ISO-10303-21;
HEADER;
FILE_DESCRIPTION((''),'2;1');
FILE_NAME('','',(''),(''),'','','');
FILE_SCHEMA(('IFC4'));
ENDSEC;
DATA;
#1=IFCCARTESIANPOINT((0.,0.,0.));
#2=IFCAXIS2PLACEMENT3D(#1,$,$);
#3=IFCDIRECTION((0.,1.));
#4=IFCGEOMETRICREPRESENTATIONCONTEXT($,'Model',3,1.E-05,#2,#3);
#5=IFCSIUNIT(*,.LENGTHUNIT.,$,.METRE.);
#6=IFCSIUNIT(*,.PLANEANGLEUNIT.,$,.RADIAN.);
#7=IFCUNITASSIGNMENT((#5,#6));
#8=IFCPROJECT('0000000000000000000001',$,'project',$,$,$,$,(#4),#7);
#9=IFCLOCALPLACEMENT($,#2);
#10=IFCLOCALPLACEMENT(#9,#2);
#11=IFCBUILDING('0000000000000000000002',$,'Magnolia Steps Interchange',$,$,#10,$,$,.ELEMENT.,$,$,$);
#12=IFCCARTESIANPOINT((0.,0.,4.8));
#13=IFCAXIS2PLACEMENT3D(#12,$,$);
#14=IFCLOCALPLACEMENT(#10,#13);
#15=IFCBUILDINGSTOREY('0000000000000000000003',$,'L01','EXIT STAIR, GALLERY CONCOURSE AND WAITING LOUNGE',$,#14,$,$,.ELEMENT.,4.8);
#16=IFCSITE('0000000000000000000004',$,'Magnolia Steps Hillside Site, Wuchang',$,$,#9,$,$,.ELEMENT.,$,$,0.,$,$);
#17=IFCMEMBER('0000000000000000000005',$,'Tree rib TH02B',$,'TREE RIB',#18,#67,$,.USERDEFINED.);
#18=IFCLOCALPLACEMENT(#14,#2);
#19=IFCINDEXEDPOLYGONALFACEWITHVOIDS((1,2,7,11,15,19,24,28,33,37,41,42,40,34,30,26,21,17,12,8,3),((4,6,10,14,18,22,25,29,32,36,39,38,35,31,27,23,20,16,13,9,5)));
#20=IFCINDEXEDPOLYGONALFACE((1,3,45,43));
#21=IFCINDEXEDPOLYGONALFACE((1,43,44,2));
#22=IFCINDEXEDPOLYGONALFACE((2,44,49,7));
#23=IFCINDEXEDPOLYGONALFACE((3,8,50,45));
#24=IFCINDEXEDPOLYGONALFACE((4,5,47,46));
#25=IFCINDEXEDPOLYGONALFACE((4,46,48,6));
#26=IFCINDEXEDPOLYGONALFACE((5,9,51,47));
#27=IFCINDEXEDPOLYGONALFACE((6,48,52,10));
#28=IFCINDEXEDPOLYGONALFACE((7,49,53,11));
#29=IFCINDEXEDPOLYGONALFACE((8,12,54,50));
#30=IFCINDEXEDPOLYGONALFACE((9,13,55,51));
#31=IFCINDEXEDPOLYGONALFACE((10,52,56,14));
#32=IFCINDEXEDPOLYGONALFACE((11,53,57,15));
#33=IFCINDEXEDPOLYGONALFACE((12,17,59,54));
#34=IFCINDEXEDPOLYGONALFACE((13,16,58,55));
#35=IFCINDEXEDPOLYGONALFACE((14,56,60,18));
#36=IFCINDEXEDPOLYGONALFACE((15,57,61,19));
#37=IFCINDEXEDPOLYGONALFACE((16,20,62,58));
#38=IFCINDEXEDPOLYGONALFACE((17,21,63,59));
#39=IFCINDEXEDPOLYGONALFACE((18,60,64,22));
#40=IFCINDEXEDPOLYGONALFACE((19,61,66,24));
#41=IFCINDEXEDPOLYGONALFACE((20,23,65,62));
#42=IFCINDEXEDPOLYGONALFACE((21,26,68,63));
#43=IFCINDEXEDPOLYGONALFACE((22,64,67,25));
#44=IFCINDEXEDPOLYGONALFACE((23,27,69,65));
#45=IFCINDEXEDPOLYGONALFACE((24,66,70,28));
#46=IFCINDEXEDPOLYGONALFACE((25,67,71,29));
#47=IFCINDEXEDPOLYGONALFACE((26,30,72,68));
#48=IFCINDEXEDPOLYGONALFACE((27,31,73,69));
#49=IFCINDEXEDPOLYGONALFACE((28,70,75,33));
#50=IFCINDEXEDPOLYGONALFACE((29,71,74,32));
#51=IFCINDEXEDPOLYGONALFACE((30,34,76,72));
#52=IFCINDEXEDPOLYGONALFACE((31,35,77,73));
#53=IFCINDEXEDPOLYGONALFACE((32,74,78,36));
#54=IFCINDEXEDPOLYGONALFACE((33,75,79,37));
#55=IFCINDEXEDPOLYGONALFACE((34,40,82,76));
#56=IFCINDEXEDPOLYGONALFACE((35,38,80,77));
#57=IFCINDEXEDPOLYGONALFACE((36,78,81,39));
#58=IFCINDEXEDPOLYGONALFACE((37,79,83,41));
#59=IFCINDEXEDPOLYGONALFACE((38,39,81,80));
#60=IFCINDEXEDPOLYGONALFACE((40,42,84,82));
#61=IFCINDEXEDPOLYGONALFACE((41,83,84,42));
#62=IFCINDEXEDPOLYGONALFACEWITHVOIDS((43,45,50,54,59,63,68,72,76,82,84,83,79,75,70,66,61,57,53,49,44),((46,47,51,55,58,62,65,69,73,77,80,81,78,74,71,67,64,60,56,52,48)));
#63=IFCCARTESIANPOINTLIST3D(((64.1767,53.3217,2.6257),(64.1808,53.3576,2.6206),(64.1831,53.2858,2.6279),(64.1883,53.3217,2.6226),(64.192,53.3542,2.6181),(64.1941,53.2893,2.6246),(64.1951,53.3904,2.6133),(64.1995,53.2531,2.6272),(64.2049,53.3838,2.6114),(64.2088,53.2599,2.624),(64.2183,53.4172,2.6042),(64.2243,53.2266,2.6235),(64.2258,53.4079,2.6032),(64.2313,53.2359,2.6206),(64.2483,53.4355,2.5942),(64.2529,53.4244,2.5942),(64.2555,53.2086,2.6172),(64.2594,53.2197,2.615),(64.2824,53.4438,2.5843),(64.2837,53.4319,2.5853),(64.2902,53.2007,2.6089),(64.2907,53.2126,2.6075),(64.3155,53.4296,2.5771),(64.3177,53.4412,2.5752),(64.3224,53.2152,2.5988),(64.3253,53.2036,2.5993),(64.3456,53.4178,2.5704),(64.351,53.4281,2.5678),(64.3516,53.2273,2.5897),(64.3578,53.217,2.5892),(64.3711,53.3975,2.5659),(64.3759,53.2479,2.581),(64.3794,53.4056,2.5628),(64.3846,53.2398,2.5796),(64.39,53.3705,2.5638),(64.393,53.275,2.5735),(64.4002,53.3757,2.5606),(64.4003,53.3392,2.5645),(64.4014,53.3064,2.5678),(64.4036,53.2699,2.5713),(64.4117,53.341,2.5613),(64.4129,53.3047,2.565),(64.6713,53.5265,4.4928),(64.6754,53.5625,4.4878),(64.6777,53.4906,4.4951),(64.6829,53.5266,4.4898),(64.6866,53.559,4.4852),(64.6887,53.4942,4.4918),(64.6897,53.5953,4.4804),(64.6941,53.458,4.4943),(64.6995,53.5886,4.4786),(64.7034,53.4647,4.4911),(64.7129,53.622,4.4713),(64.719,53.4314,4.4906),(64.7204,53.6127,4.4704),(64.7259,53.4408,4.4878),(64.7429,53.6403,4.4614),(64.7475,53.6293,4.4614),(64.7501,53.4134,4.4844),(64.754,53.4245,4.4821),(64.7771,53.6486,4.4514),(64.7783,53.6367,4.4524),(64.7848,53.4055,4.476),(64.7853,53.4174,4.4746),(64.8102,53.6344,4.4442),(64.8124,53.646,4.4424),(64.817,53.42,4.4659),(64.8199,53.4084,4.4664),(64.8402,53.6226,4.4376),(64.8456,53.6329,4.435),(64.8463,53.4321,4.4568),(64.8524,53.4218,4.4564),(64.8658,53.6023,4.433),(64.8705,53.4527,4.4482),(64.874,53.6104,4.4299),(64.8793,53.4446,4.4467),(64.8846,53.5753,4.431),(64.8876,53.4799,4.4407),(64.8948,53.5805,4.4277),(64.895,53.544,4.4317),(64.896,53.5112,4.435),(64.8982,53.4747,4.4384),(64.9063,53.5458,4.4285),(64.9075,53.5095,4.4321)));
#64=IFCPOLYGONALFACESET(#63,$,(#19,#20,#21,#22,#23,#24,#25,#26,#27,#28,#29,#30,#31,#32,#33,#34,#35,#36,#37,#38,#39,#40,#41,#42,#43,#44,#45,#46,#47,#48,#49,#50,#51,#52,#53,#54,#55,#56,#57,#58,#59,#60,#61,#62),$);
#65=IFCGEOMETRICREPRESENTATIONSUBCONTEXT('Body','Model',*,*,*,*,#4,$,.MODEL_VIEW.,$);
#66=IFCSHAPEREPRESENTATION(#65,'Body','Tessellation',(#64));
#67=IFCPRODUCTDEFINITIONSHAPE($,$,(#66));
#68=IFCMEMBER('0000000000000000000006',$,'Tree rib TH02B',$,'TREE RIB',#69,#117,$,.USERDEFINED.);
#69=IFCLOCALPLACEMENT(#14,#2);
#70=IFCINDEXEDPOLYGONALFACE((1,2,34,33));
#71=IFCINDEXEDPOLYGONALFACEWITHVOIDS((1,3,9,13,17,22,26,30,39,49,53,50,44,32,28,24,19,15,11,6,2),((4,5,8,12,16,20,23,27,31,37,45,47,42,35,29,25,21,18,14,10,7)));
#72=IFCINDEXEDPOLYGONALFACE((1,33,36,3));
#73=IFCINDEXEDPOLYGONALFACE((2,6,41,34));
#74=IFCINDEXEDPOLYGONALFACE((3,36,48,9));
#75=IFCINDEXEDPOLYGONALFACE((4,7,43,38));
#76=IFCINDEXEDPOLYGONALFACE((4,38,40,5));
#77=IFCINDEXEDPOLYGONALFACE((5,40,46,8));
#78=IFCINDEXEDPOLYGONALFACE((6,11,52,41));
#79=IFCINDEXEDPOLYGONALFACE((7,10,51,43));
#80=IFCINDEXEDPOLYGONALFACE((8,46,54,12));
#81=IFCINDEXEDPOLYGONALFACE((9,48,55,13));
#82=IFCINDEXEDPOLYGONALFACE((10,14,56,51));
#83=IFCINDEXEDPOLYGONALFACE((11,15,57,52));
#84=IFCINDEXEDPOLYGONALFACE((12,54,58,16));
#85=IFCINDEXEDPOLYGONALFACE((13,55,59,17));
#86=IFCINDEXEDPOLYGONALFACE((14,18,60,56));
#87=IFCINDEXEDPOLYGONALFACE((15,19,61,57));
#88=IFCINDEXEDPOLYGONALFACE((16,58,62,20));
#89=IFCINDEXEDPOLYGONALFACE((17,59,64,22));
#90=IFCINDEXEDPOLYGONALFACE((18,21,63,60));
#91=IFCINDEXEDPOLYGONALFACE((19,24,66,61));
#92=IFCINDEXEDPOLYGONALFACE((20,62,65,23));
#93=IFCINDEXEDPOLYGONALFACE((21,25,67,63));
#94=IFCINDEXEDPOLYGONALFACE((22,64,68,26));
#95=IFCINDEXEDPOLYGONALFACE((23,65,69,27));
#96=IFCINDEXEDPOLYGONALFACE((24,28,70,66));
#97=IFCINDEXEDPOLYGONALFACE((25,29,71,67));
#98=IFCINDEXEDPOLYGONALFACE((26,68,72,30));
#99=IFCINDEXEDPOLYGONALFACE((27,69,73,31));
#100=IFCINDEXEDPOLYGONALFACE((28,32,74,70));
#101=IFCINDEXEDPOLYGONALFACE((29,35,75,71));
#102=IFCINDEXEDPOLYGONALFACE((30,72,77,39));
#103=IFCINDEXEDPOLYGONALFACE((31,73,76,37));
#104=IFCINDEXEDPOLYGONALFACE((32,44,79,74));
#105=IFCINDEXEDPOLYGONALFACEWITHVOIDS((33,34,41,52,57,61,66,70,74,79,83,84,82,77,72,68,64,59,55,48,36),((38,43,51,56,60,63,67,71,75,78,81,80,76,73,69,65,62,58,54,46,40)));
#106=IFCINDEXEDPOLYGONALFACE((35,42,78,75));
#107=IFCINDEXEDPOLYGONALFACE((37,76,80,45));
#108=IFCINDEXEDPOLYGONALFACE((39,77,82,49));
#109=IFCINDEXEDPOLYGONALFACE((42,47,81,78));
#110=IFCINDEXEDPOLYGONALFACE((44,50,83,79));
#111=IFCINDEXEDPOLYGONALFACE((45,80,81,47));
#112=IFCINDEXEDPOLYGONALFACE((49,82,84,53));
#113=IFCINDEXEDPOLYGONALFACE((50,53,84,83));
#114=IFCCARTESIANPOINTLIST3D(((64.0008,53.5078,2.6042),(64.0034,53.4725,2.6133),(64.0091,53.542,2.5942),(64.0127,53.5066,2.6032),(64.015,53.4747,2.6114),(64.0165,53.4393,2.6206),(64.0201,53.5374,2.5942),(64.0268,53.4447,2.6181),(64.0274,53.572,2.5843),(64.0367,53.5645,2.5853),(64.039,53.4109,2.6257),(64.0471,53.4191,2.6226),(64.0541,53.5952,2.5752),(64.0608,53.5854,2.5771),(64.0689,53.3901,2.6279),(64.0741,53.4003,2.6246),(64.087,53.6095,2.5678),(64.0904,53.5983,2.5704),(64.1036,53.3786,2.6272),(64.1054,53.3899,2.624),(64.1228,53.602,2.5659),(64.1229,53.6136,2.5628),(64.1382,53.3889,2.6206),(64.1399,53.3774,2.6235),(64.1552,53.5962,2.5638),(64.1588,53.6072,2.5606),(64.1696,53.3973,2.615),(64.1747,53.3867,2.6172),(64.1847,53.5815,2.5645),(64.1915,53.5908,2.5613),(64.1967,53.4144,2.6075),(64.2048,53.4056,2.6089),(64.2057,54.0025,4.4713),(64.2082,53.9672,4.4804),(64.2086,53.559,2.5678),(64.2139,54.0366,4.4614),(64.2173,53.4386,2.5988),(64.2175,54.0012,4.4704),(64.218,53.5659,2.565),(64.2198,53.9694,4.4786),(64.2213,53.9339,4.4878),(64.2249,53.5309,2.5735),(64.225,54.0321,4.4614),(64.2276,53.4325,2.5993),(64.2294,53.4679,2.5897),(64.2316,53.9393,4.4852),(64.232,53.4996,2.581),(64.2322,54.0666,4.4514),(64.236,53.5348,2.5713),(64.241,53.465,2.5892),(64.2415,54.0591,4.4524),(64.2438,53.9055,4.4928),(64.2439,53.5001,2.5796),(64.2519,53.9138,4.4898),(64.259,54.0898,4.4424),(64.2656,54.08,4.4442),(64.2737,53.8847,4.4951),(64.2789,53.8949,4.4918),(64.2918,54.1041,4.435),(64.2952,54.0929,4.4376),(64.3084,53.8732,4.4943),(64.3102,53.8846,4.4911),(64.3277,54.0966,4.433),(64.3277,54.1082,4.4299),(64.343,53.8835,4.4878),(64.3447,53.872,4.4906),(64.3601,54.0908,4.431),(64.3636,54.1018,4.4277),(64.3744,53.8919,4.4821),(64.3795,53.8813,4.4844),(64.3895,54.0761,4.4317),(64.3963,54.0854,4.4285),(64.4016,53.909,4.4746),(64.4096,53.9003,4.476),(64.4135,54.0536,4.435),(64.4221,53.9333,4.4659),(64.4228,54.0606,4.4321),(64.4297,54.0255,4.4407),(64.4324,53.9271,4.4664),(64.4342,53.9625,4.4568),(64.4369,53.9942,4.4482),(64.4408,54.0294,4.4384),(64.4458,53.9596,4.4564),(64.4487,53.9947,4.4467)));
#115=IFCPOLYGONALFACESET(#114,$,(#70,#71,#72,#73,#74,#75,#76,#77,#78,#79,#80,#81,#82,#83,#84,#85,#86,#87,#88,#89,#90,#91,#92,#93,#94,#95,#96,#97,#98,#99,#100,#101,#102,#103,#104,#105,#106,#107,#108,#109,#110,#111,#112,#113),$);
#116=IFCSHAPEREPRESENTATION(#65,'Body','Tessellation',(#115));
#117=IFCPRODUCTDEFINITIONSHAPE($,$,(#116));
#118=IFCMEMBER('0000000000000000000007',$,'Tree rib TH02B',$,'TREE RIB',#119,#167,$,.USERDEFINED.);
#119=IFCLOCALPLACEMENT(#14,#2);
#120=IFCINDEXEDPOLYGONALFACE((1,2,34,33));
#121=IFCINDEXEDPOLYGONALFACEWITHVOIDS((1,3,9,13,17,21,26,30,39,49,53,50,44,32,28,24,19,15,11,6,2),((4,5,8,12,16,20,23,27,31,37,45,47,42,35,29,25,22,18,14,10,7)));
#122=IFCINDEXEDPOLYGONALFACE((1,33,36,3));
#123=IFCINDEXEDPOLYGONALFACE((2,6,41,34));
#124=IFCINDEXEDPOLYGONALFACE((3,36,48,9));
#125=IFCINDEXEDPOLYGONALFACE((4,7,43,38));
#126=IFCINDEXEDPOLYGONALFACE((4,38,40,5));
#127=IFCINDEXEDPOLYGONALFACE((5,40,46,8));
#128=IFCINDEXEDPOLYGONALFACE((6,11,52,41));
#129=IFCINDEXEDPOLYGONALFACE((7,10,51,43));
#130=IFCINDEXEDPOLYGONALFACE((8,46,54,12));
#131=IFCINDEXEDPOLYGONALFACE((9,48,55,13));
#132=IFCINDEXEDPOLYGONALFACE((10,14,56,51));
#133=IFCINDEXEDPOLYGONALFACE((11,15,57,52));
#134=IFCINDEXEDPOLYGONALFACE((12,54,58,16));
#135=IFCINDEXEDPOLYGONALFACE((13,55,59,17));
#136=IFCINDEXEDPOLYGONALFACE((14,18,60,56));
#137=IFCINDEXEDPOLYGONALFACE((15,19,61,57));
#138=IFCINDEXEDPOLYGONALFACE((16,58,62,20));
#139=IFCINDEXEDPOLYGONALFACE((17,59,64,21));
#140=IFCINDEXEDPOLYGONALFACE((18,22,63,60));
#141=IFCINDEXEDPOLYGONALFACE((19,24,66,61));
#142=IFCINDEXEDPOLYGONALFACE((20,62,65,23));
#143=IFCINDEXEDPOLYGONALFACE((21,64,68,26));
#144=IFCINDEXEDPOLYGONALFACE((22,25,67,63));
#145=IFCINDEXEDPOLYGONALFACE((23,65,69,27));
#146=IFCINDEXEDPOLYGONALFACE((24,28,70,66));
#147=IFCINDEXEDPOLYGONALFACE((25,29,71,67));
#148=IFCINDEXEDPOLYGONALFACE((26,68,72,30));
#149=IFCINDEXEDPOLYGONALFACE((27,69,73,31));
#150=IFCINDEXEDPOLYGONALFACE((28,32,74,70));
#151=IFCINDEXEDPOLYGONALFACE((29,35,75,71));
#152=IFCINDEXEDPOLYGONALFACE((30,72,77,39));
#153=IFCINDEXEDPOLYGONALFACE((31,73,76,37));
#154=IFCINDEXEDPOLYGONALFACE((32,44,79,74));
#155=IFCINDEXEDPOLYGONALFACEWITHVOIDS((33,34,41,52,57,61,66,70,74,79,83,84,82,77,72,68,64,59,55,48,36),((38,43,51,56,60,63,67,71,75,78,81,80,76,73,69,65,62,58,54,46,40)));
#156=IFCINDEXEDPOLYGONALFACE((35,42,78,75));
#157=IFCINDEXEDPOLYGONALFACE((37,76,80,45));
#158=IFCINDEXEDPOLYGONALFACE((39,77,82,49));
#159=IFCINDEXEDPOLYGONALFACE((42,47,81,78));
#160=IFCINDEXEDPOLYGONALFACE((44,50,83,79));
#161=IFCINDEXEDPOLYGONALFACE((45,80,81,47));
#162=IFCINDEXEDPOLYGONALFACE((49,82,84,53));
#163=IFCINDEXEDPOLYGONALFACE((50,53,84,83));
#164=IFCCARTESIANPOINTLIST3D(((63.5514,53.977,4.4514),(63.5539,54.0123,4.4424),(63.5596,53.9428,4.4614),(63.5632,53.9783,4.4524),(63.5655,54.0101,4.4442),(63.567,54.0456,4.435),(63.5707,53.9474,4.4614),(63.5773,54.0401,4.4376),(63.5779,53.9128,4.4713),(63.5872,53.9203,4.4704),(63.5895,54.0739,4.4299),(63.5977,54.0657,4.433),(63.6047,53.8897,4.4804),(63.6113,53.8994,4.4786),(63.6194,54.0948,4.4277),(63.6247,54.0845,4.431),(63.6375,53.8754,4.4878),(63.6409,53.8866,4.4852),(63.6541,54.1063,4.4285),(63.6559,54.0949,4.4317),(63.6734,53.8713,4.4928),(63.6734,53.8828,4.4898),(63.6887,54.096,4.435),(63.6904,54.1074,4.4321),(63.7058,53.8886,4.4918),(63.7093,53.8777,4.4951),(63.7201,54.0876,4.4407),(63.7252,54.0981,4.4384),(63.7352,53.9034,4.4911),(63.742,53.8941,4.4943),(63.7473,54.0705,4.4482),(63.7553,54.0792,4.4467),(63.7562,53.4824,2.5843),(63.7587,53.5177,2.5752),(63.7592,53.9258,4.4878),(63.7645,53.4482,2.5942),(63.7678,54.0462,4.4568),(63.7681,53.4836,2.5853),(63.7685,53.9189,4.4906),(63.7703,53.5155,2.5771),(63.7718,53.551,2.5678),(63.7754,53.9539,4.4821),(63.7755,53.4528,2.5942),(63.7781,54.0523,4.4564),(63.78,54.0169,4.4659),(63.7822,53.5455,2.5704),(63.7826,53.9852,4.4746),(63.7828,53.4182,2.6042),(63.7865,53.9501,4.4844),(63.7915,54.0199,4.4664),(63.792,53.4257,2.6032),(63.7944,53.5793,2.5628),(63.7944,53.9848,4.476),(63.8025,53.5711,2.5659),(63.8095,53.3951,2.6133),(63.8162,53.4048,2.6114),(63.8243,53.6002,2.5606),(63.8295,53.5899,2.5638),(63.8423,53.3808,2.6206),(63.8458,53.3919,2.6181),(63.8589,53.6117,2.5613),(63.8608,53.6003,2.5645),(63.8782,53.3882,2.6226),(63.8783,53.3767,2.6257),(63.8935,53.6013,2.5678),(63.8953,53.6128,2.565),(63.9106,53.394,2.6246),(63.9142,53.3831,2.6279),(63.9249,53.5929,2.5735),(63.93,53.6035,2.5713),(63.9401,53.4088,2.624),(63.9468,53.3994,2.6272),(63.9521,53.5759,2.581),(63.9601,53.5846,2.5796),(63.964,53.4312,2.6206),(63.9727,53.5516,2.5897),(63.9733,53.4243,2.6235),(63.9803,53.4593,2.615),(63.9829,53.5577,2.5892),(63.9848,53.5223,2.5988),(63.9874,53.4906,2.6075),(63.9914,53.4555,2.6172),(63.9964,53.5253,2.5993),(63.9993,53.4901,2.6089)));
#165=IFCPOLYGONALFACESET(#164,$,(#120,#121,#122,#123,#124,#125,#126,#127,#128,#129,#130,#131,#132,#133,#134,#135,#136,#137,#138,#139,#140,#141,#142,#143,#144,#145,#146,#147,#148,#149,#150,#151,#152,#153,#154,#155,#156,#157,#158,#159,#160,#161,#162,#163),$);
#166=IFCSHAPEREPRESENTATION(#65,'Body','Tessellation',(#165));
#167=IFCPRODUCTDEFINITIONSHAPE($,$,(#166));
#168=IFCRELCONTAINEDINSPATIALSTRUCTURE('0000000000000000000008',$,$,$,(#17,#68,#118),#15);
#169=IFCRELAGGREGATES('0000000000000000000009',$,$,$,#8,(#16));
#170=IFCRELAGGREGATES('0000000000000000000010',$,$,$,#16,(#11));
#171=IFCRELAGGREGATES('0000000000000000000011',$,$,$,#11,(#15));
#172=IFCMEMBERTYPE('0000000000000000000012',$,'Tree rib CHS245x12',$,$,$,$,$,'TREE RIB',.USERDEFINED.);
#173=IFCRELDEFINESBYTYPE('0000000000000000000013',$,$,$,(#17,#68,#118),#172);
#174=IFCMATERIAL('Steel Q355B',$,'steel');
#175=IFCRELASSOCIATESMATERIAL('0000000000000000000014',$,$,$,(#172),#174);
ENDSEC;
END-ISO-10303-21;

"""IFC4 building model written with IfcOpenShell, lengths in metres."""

from ifc_helpers import new_model, si_unit, direction, frame, origin, origin_2d, place, context, subcontext, project, spatial, hollow_circle, extrude, material, material_profile, profile_set, type_object, element, save


model = new_model("IFC4")

# Units and contexts
model_context = context("Model", 3, precision=1e-05, world=origin(), true_north=direction((0.0, 1.0)))
body_context = subcontext(model_context, "Body", "Model", "MODEL_VIEW")
ifc_project = project(units=[si_unit("LENGTHUNIT", "METRE"), si_unit("PLANEANGLEUNIT", "RADIAN")], contexts=[model_context])

# Site, building, storey
site_placement = place(None, origin())
site = spatial("IfcSite", under=ifc_project, at=site_placement, Name="Magnolia Steps Hillside Site, Wuchang", CompositionType="ELEMENT", RefElevation=0.0)
building_placement = place(site_placement, origin())
building = spatial("IfcBuilding", under=site, at=building_placement, Name="Magnolia Steps Interchange", CompositionType="ELEMENT")
storey_placement = place(building_placement, frame((0.0, 0.0, 4.8)))
storey = spatial("IfcBuildingStorey", under=building, at=storey_placement, Name="L01", Description="EXIT STAIR, GALLERY CONCOURSE AND WAITING LOUNGE", CompositionType="ELEMENT", Elevation=4.8)

# Members
ifc_material_1 = material(Name="Steel Q355B", Category="steel")
ifc_material_profile_1 = material_profile(ifc_material_1, hollow_circle(Radius=0.1226, WallThickness=0.012, at=origin_2d()), Name="CHS245x12")
ifc_profile_set_1 = profile_set([ifc_material_profile_1], Name="Steel Q355B")
member_type = type_object("IfcMemberType", Name="Tree rib CHS245x12", ElementType="TREE RIB", PredefinedType="USERDEFINED", material=ifc_profile_set_1)
for number, where, z_axis, x_axis, name in (
    (1, (64.2952, 53.3223, 2.5942), (0.254645, 0.105453, 0.961268), (-0.382607, 0.923911, 0.0), "Tree rib TH02B"),
    (2, (64.1223, 53.4951, 2.5942), (0.105453, 0.254645, 0.961268), (-0.923911, 0.382607, 0.0), "Tree rib TH02B"),
    (3, (63.8777, 53.4951, 2.5942), (-0.105453, 0.254645, 0.961268), (-0.923911, -0.382607, 0.0), "Tree rib TH02B"),
):
    element("IfcMember", number, at=place(storey_placement, frame(where, z_axis=z_axis, x_axis=x_axis)), inside=storey, type_object=member_type, Name=name, ObjectType="TREE RIB", PredefinedType="USERDEFINED", context=body_context, shape_type="SweptSolid", body=[
        extrude(hollow_circle(Radius=0.1226, WallThickness=0.012, at=origin_2d()), origin(), (0.0, 0.0, 1.0), 1.9424),
    ])

save(model, "model.ifc")
